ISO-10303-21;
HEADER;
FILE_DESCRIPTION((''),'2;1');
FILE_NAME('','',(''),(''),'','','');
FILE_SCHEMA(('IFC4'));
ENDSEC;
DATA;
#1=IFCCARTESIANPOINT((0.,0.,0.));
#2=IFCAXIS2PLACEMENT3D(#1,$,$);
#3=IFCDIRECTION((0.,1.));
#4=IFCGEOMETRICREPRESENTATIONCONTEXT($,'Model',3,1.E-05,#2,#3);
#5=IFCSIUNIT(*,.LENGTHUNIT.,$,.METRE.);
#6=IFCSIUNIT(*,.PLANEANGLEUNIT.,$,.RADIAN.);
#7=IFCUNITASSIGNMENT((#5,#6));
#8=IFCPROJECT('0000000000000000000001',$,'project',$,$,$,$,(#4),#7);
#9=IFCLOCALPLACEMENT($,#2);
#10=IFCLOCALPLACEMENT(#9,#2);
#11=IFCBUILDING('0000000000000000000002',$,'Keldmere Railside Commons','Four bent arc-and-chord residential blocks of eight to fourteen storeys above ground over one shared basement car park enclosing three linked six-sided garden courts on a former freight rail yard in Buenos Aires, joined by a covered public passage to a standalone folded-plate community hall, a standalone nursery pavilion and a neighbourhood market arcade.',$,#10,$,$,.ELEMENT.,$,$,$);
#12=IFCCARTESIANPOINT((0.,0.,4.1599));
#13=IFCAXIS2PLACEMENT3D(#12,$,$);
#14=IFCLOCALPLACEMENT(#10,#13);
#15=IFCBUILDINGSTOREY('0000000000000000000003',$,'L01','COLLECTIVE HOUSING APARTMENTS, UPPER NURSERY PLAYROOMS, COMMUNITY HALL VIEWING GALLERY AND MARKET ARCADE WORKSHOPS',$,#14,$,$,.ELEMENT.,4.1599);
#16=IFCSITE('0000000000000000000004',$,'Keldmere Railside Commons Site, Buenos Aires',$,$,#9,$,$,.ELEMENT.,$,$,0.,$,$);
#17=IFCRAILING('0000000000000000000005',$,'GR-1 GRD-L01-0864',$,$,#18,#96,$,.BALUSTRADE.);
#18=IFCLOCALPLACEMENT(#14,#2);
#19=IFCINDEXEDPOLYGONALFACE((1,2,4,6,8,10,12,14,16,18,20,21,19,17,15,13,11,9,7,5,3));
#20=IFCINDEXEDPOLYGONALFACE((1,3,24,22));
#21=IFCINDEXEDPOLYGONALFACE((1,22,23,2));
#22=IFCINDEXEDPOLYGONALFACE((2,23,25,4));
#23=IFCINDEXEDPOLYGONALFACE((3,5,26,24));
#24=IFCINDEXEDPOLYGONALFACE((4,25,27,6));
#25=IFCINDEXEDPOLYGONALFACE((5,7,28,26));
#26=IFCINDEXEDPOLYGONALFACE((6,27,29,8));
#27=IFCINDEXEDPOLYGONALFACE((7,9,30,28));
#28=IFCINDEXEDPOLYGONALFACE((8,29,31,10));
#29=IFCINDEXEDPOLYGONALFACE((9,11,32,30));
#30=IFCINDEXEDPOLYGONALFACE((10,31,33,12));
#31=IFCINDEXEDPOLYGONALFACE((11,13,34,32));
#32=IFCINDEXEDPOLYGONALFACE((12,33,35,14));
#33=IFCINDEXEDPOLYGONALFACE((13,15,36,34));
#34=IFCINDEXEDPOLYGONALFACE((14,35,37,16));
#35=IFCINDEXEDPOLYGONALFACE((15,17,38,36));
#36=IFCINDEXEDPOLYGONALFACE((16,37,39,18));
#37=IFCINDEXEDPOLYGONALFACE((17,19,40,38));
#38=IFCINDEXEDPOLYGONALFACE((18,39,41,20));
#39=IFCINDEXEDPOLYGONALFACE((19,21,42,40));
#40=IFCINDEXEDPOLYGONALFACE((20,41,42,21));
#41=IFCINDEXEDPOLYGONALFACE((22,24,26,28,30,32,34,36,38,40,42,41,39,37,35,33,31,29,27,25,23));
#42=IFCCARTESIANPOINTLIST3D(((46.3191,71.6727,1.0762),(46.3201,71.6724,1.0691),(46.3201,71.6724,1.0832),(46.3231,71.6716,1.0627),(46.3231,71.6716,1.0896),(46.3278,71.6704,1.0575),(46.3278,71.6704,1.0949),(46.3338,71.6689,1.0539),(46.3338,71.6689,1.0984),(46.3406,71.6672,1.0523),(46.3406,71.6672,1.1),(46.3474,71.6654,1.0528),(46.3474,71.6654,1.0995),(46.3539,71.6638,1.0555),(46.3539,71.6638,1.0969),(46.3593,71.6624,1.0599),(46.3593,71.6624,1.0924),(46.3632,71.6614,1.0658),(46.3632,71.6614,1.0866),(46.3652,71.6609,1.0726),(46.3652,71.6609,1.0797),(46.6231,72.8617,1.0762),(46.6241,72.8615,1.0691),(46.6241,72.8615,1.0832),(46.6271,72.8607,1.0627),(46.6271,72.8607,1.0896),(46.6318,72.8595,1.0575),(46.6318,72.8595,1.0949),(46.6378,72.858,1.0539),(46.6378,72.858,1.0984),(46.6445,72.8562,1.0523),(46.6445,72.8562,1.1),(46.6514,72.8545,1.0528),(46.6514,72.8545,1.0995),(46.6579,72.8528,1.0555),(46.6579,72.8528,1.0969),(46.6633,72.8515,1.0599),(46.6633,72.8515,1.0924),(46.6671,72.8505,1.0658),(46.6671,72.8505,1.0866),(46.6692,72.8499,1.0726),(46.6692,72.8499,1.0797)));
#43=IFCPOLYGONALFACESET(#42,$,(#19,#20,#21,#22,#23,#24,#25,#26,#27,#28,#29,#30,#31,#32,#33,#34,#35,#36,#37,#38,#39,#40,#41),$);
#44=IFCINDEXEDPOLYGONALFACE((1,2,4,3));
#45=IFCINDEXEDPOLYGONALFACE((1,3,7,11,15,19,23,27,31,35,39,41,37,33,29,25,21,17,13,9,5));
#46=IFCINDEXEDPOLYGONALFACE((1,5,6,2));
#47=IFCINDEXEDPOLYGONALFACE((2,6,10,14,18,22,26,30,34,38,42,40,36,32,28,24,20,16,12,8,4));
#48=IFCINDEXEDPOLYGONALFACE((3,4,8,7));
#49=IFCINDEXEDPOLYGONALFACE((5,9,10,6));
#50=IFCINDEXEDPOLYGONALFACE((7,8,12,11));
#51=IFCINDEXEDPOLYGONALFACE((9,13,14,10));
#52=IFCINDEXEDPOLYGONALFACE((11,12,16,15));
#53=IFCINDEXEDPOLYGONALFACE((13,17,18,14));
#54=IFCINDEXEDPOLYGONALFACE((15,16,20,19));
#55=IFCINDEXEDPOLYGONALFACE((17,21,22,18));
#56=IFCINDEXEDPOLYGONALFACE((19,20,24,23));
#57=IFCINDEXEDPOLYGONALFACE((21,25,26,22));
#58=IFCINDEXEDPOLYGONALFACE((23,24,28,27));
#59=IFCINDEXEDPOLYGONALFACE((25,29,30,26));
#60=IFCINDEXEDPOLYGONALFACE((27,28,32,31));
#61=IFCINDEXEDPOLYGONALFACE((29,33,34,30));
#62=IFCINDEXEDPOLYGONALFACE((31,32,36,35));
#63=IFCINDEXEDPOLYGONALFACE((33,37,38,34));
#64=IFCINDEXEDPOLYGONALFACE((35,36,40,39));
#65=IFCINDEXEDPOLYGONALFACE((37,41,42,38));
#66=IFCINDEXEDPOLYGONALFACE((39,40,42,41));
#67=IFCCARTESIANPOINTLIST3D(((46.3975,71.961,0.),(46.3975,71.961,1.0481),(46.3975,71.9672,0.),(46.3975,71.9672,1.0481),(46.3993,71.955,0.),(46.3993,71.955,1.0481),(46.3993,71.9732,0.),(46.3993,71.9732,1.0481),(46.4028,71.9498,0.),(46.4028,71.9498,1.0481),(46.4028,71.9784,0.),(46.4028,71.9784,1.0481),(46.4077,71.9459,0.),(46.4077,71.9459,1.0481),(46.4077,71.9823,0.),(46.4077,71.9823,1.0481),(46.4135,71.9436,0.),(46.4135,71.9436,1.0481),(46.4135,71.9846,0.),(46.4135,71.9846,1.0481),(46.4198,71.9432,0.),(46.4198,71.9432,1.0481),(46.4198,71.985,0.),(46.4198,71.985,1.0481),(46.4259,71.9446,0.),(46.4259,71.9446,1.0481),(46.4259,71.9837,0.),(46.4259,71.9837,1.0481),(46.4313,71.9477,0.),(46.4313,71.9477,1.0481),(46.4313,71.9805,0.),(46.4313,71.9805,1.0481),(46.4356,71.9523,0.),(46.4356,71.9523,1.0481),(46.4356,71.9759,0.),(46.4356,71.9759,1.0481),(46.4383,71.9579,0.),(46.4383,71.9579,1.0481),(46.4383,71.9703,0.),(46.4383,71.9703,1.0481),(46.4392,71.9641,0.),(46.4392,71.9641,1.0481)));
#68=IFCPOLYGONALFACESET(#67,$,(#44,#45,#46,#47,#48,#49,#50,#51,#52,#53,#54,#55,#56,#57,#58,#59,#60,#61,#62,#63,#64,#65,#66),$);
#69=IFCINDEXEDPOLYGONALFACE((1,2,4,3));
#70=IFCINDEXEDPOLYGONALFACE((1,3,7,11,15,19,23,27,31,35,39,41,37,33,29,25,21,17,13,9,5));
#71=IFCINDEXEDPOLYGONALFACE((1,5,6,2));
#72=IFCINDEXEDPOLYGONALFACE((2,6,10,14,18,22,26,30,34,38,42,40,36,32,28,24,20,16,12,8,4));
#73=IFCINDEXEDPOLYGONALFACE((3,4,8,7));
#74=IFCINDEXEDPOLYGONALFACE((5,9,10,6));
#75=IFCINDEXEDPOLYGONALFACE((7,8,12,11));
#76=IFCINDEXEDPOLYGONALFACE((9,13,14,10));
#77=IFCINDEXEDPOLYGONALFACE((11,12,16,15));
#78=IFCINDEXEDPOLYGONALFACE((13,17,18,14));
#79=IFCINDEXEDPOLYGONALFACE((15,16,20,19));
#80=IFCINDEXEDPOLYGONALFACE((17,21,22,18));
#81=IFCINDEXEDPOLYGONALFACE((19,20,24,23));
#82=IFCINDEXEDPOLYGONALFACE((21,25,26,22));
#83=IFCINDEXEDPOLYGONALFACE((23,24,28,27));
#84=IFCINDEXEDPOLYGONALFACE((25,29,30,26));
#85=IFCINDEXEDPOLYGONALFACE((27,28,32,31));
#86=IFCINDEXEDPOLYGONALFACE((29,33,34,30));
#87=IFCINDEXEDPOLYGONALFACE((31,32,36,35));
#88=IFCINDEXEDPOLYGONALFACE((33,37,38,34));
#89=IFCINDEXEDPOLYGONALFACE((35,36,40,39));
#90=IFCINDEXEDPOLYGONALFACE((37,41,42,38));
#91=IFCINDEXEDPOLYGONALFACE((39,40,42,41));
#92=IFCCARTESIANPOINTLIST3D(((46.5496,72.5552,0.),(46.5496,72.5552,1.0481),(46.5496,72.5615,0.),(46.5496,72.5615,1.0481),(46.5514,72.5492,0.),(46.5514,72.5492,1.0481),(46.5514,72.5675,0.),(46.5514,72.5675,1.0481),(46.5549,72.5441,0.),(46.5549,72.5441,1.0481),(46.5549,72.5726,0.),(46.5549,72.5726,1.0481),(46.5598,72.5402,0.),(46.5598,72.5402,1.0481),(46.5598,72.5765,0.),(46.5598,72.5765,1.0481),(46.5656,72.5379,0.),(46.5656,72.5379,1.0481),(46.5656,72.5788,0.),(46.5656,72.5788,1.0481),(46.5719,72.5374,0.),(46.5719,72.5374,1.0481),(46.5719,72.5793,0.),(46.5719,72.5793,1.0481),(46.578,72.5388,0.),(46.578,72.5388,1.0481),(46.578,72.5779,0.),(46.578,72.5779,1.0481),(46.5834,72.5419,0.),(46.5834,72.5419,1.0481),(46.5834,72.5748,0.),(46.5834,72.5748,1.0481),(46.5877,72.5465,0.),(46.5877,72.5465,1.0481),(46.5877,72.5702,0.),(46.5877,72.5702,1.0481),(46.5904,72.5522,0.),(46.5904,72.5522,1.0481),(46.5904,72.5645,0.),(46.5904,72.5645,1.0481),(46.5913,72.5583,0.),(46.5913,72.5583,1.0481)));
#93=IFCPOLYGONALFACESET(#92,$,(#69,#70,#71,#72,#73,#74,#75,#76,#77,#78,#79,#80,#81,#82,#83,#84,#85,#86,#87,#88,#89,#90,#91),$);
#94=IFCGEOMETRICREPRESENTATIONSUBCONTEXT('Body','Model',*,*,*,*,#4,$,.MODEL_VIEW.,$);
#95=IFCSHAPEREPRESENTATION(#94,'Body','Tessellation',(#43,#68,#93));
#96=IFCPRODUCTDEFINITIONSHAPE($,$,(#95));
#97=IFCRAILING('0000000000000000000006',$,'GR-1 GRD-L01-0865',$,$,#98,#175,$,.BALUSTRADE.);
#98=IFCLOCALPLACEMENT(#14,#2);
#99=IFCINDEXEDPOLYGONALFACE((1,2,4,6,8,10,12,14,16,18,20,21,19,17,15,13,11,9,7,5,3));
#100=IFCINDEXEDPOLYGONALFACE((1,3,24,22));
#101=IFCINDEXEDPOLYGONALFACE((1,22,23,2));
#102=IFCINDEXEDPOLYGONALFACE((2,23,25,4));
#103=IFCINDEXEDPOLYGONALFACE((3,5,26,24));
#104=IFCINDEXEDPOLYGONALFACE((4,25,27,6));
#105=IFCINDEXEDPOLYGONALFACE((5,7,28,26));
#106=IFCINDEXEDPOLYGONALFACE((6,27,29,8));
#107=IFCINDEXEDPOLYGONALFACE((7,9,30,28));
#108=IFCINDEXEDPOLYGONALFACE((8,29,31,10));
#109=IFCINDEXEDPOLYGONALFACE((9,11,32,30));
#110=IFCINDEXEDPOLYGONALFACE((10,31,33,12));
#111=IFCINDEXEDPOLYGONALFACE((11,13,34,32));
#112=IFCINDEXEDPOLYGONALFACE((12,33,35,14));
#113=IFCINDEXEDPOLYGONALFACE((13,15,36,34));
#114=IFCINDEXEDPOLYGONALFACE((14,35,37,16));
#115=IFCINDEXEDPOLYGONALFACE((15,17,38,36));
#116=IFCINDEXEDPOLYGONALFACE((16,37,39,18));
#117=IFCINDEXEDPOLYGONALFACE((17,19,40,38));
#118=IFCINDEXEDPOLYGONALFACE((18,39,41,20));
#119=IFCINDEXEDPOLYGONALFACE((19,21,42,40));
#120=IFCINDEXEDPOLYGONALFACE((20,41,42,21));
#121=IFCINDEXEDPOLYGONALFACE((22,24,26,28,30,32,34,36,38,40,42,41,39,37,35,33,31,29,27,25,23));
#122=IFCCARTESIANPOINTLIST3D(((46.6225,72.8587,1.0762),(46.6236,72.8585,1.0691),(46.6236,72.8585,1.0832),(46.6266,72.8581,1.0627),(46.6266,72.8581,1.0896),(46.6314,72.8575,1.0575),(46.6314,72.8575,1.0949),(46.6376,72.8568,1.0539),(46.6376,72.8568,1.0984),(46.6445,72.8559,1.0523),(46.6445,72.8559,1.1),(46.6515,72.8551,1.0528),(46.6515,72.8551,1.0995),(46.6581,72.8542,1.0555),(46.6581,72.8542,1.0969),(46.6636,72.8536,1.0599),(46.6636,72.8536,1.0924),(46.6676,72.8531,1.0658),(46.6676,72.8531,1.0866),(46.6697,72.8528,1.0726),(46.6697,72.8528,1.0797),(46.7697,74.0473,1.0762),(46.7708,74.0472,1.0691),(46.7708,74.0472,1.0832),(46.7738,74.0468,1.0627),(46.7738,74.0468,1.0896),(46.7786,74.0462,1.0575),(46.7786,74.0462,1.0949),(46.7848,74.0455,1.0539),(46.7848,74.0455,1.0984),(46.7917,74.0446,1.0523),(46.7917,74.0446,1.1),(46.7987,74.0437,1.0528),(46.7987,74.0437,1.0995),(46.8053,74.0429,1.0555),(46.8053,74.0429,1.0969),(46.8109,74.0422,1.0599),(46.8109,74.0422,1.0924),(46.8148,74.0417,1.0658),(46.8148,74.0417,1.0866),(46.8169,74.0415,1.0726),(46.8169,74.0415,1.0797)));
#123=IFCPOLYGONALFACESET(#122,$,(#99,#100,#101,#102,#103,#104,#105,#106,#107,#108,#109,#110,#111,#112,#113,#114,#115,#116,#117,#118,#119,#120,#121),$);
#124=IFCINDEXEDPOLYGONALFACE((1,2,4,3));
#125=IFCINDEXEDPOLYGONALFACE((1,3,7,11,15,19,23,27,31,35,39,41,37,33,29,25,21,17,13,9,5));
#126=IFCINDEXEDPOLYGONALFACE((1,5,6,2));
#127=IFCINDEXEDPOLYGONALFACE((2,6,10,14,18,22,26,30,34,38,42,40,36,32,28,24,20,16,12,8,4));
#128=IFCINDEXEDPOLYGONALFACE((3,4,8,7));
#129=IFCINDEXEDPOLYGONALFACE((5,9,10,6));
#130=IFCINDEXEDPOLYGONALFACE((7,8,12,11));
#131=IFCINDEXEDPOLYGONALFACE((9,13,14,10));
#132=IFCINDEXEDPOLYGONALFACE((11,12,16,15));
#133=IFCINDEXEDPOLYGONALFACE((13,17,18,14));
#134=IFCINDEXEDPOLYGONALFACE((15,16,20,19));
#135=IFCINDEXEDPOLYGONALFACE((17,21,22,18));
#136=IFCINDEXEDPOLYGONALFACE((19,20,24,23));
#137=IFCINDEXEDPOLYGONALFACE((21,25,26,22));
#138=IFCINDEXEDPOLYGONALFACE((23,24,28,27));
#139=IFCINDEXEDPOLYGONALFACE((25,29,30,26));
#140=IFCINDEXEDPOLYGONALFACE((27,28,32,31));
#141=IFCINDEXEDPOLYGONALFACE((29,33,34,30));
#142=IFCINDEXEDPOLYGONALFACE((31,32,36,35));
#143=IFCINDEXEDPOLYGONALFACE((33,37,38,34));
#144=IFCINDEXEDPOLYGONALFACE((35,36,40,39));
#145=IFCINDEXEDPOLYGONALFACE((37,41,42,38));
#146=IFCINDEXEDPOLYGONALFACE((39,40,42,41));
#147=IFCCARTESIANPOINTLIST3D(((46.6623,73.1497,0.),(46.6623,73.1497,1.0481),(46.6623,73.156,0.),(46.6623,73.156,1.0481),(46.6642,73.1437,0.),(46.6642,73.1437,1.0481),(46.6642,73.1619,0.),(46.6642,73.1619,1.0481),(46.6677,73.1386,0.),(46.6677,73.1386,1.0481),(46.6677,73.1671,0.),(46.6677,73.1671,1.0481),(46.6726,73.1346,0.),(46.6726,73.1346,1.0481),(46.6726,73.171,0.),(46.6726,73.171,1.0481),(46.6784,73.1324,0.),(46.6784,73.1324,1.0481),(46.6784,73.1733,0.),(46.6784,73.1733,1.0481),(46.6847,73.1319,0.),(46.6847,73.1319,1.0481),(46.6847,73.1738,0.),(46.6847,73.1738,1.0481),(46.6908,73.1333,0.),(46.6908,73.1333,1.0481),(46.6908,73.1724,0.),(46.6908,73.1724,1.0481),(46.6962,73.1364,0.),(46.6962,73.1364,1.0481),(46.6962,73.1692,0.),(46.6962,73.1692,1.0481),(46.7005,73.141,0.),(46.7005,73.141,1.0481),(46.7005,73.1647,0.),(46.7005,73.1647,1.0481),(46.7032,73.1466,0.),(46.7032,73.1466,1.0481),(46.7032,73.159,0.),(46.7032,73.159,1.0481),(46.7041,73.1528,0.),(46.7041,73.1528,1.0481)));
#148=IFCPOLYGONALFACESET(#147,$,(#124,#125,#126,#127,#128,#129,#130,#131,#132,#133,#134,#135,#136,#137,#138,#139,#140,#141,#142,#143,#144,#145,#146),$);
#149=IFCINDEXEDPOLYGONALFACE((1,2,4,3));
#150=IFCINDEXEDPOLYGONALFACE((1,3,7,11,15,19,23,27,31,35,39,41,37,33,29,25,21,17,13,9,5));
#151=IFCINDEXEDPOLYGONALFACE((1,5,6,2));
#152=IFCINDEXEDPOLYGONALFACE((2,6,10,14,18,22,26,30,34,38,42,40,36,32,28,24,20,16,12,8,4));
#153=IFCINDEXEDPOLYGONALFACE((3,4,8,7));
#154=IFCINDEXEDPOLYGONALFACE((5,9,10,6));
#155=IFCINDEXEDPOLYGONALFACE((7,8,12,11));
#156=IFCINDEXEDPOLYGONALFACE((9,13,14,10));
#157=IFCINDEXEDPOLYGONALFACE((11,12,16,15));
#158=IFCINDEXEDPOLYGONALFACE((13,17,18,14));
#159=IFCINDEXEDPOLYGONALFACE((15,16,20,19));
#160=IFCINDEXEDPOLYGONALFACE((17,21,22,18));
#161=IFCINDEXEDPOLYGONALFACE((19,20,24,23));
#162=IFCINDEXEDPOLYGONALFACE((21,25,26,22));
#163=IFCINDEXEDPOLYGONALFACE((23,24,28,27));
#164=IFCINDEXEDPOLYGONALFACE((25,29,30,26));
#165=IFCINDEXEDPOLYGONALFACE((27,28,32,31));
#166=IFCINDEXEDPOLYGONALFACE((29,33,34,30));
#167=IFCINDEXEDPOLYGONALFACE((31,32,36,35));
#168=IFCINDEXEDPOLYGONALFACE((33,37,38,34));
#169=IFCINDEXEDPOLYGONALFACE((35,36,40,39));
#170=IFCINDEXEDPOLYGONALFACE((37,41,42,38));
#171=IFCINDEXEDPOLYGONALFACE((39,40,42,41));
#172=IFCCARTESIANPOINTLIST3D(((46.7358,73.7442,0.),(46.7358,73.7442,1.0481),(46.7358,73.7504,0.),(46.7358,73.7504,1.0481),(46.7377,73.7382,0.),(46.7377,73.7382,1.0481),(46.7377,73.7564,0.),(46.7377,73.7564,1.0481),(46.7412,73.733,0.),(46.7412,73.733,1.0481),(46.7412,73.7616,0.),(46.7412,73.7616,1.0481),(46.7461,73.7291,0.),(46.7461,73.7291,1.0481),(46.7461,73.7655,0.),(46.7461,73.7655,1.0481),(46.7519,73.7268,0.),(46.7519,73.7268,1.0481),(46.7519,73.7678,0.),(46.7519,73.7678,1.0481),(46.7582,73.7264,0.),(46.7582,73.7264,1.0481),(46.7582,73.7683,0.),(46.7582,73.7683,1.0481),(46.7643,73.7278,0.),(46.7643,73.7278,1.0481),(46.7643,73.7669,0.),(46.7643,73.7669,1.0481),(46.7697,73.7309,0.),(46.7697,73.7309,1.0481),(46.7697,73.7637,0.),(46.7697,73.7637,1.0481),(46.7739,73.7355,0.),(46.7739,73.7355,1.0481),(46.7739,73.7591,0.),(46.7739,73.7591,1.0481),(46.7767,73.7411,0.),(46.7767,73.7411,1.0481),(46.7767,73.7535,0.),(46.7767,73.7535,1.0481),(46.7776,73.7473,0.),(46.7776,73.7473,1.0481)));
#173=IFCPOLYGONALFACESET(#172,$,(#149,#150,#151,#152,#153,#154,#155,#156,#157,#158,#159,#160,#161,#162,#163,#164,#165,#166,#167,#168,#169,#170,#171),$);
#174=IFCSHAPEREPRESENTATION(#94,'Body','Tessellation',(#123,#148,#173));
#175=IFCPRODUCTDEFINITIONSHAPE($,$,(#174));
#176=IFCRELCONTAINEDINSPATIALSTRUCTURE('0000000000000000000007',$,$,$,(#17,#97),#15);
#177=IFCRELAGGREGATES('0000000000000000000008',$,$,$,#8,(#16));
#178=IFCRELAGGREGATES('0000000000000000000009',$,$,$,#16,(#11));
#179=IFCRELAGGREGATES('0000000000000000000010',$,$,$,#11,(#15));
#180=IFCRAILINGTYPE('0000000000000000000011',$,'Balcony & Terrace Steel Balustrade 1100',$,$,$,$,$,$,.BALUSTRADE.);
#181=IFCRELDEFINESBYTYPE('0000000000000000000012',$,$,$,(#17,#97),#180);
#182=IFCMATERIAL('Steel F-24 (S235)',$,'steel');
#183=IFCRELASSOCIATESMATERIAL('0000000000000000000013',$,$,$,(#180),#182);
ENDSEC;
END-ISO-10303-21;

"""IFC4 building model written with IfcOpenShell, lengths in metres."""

from ifc_helpers import new_model, si_unit, direction, frame, origin, origin_2d, place, context, subcontext, project, spatial, circle, extrude, material, type_object, element, save


model = new_model("IFC4")

# Units and contexts
model_context = context("Model", 3, precision=1e-05, world=origin(), true_north=direction((0.0, 1.0)))
body_context = subcontext(model_context, "Body", "Model", "MODEL_VIEW")
ifc_project = project(units=[si_unit("LENGTHUNIT", "METRE"), si_unit("PLANEANGLEUNIT", "RADIAN")], contexts=[model_context])

# Site, building, storey
site_placement = place(None, origin())
site = spatial("IfcSite", under=ifc_project, at=site_placement, Name="Keldmere Railside Commons Site, Buenos Aires", CompositionType="ELEMENT", RefElevation=0.0)
building_placement = place(site_placement, origin())
building = spatial("IfcBuilding", under=site, at=building_placement, Name="Keldmere Railside Commons", Description="Four bent arc-and-chord residential blocks of eight to fourteen storeys above ground over one shared basement car park enclosing three linked six-sided garden courts on a former freight rail yard in Buenos Aires, joined by a covered public passage to a standalone folded-plate community hall, a standalone nursery pavilion and a neighbourhood market arcade.", CompositionType="ELEMENT")
storey_placement = place(building_placement, frame((0.0, 0.0, 4.1599)))
storey = spatial("IfcBuildingStorey", under=building, at=storey_placement, Name="L01", Description="COLLECTIVE HOUSING APARTMENTS, UPPER NURSERY PLAYROOMS, COMMUNITY HALL VIEWING GALLERY AND MARKET ARCADE WORKSHOPS", CompositionType="ELEMENT", Elevation=4.1599)

# Railings
ifc_material_1 = material(Name="Steel F-24 (S235)", Category="steel")
railing_type_1 = type_object("IfcRailingType", Name="Balcony & Terrace Steel Balustrade 1100", PredefinedType="BALUSTRADE", material=ifc_material_1)
railing_1_placement = place(storey_placement, frame((46.3423, 71.6667, 0.0)))
element("IfcRailing", 1, at=railing_1_placement, inside=storey, type_object=railing_type_1, Name="GR-1 GRD-L01-0864", PredefinedType="BALUSTRADE", context=body_context, shape_type="SweptSolid", body=[
    extrude(circle(Radius=0.0239, at=origin_2d()), frame((0.0, 0.0, 1.0762), z_axis=(0.247681, 0.968842, 0.0), x_axis=(-0.968842, 0.247681, 0.0)), (0.0, 0.0, 1.0), 1.2273),
    extrude(circle(Radius=0.021, at=origin_2d()), frame((0.0759, 0.2974, 0.0)), (0.0, 0.0, 1.0), 1.0481),
    extrude(circle(Radius=0.021, at=origin_2d()), frame((0.228, 0.8916, 0.0)), (0.0, 0.0, 1.0), 1.0481),
])
railing_2_placement = place(storey_placement, frame((46.6462, 72.8557, 0.0)))
element("IfcRailing", 2, at=railing_2_placement, inside=storey, type_object=railing_type_1, Name="GR-1 GRD-L01-0865", PredefinedType="BALUSTRADE", context=body_context, shape_type="SweptSolid", body=[
    extrude(circle(Radius=0.0239, at=origin_2d()), frame((0.0, 0.0, 1.0762), z_axis=(0.122906, 0.992418, 0.0), x_axis=(-0.992418, 0.122906, 0.0)), (0.0, 0.0, 1.0), 1.1978),
    extrude(circle(Radius=0.021, at=origin_2d()), frame((0.0369, 0.2971, 0.0)), (0.0, 0.0, 1.0), 1.0481),
    extrude(circle(Radius=0.021, at=origin_2d()), frame((0.1104, 0.8916, 0.0)), (0.0, 0.0, 1.0), 1.0481),
])

save(model, "model.ifc")
